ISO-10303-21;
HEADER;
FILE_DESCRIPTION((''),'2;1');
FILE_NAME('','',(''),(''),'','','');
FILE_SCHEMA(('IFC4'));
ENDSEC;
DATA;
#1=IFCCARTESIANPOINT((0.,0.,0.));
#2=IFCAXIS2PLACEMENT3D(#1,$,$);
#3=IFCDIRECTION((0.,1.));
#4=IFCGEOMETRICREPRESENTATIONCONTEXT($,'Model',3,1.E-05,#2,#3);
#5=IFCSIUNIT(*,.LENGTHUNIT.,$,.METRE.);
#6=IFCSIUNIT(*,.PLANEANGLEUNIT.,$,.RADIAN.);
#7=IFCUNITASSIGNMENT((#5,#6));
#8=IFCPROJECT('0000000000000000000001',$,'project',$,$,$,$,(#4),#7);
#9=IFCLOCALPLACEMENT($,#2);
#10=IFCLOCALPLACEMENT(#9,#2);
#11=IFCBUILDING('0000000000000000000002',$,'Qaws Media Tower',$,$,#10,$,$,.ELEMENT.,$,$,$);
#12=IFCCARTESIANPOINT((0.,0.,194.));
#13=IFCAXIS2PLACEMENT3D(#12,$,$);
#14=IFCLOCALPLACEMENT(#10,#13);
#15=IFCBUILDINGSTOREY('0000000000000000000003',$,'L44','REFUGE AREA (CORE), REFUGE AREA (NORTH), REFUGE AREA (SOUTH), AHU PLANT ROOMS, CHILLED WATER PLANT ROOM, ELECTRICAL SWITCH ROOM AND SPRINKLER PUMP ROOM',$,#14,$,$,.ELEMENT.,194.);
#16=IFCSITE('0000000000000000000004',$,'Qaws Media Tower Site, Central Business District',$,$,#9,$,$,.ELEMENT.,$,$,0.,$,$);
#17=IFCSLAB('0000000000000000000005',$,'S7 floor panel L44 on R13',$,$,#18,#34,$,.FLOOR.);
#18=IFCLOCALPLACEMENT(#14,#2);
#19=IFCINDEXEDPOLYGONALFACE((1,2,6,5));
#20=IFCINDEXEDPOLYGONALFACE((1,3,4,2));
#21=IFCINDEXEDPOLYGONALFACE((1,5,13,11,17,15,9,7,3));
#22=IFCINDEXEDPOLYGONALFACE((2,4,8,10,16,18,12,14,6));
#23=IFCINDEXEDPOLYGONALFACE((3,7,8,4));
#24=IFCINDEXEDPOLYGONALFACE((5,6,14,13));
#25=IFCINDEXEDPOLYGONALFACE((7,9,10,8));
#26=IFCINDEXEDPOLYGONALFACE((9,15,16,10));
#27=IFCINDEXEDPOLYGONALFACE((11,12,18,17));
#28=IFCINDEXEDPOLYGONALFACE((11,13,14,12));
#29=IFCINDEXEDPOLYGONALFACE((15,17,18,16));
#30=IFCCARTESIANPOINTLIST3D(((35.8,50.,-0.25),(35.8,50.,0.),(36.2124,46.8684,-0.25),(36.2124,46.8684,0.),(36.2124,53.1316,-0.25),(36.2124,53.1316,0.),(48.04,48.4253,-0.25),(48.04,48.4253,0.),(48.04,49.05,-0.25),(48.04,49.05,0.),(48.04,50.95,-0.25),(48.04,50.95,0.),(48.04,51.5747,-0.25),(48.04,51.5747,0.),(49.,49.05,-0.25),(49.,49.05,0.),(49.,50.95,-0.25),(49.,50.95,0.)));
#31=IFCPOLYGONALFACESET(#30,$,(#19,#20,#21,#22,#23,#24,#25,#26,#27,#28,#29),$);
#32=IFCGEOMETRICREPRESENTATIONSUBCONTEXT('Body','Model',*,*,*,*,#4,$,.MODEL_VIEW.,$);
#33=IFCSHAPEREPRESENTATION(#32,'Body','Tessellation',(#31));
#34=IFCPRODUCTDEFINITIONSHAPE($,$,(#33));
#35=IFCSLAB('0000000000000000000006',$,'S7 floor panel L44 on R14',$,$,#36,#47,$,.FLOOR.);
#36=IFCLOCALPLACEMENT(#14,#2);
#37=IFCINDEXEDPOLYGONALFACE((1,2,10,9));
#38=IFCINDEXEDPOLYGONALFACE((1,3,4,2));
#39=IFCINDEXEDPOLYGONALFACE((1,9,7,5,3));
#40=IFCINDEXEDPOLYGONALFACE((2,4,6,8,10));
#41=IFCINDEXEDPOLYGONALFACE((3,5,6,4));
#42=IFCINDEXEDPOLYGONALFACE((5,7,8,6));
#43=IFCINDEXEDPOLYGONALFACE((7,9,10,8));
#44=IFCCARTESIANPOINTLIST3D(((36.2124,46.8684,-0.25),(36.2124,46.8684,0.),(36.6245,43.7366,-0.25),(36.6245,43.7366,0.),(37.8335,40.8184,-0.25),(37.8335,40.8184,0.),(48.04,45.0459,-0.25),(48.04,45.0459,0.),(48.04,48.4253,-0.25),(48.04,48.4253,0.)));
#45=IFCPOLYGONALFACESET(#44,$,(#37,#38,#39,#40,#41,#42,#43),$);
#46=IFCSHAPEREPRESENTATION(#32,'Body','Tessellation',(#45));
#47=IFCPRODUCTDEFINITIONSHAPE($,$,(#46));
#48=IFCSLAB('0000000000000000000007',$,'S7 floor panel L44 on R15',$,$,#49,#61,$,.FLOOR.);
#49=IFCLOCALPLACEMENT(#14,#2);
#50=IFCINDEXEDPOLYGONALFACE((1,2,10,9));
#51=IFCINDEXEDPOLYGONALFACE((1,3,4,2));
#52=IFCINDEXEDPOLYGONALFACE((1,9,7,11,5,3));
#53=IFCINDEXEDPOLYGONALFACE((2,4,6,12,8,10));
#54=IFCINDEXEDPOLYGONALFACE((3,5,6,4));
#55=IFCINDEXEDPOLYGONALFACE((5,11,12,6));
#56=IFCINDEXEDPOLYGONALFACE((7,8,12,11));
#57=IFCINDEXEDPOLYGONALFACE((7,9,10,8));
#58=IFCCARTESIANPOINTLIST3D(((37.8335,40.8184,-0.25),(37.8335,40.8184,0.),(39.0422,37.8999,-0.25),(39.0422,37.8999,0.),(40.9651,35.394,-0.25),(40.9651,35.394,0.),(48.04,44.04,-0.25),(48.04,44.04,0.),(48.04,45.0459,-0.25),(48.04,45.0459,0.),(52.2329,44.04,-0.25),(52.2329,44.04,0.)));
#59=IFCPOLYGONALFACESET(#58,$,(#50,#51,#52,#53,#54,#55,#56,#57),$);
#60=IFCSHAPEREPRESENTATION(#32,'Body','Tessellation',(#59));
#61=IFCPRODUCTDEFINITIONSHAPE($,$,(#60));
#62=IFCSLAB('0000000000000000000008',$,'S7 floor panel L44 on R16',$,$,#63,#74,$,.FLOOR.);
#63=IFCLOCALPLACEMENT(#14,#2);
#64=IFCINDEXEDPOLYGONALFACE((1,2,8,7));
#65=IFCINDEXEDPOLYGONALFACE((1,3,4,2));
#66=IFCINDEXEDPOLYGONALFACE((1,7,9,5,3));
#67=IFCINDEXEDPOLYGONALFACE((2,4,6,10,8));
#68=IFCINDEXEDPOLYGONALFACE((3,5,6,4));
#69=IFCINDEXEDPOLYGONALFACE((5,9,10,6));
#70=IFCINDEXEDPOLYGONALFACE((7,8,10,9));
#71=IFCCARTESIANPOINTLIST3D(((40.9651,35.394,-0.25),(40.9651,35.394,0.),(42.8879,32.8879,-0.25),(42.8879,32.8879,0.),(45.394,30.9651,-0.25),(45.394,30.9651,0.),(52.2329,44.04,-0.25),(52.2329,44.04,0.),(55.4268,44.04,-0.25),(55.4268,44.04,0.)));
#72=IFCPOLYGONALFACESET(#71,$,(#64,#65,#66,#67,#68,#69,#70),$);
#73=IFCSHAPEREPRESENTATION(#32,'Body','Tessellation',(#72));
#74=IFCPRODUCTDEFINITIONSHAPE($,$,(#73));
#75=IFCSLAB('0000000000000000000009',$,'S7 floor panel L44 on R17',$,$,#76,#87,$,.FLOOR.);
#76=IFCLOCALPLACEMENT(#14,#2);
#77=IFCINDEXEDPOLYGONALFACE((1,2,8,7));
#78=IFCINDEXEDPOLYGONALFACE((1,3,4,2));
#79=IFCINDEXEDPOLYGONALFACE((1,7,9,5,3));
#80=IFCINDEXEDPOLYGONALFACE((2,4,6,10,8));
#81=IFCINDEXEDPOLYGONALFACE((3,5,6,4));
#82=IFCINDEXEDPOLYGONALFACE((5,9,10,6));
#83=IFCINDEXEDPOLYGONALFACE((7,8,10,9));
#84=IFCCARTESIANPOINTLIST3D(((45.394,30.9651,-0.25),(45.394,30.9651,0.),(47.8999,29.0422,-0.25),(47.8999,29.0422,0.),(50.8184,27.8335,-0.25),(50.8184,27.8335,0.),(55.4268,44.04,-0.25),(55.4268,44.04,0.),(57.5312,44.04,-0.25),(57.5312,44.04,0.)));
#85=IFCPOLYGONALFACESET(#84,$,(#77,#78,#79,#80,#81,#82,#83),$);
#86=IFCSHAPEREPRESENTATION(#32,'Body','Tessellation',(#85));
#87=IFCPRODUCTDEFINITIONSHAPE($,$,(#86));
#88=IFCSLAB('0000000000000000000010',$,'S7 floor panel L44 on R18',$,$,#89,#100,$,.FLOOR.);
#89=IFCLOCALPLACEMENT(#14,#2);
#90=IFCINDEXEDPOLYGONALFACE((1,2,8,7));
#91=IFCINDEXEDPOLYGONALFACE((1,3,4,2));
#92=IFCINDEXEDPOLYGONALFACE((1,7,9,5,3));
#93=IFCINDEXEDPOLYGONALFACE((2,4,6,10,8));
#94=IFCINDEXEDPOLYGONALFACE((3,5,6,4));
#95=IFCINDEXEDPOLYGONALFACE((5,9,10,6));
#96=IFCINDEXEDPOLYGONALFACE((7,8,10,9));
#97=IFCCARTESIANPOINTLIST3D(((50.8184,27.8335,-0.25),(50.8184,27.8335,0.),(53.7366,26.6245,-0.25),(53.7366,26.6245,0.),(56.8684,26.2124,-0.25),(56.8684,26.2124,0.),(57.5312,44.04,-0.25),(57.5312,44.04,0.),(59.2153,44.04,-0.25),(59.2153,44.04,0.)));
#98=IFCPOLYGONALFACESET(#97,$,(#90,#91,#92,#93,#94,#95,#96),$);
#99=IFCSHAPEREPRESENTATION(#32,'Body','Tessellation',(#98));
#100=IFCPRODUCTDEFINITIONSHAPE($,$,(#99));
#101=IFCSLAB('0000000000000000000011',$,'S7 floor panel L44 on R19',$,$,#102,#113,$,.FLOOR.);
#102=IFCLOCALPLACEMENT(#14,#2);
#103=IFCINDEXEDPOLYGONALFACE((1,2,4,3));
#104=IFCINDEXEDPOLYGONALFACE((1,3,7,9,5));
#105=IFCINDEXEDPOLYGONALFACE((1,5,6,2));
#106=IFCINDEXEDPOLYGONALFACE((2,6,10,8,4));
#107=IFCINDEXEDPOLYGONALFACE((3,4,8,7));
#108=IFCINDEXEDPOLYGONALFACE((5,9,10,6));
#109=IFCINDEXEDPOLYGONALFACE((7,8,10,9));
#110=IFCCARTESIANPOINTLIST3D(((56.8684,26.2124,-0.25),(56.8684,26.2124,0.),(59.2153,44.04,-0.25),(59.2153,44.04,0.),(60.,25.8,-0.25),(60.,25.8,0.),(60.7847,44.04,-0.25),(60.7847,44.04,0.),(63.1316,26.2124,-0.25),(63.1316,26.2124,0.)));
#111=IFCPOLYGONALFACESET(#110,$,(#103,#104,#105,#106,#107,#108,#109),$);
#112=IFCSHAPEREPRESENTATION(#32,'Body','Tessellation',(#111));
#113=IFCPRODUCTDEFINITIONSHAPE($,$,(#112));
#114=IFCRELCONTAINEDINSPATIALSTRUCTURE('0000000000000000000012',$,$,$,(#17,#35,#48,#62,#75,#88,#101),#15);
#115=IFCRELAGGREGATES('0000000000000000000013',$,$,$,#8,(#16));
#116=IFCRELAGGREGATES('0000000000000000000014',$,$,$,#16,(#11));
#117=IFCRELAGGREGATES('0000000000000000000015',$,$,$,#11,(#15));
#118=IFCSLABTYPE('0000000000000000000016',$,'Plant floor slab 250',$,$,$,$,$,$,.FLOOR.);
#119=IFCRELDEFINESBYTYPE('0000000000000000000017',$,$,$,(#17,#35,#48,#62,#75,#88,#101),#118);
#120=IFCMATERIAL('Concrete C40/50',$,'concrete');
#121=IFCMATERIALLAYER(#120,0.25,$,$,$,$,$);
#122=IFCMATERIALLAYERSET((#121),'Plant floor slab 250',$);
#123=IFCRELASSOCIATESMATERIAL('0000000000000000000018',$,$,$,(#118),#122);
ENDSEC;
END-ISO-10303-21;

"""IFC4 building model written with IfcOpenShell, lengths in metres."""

from ifc_helpers import new_model, si_unit, direction, frame, origin, place, context, subcontext, project, spatial, polyline, outline, extrude, material, layer, layer_set, type_object, element, save


model = new_model("IFC4")

# Units and contexts
model_context = context("Model", 3, precision=1e-05, world=origin(), true_north=direction((0.0, 1.0)))
body_context = subcontext(model_context, "Body", "Model", "MODEL_VIEW")
ifc_project = project(units=[si_unit("LENGTHUNIT", "METRE"), si_unit("PLANEANGLEUNIT", "RADIAN")], contexts=[model_context])

# Site, building, storey
site_placement = place(None, origin())
site = spatial("IfcSite", under=ifc_project, at=site_placement, Name="Qaws Media Tower Site, Central Business District", CompositionType="ELEMENT", RefElevation=0.0)
building_placement = place(site_placement, origin())
building = spatial("IfcBuilding", under=site, at=building_placement, Name="Qaws Media Tower", CompositionType="ELEMENT")
storey_placement = place(building_placement, frame((0.0, 0.0, 194.0)))
storey = spatial("IfcBuildingStorey", under=building, at=storey_placement, Name="L44", Description="REFUGE AREA (CORE), REFUGE AREA (NORTH), REFUGE AREA (SOUTH), AHU PLANT ROOMS, CHILLED WATER PLANT ROOM, ELECTRICAL SWITCH ROOM AND SPRINKLER PUMP ROOM", CompositionType="ELEMENT", Elevation=194.0)

# Slabs
ifc_material = material(Name="Concrete C40/50", Category="concrete")
ifc_layer = layer(ifc_material, 0.25)
ifc_layer_set = layer_set([ifc_layer], Name="Plant floor slab 250")
slab_type = type_object("IfcSlabType", Name="Plant floor slab 250", PredefinedType="FLOOR", material=ifc_layer_set)
slab_1_placement = place(storey_placement, frame((0.0, 0.0, -0.25)))
element("IfcSlab", 1, at=slab_1_placement, inside=storey, type_object=slab_type, Name="S7 floor panel L44 on R13", PredefinedType="FLOOR", context=body_context, shape_type="SweptSolid", body=[
    extrude(outline(polyline([(35.8, 50.0), (36.2124, 53.1316), (48.04, 51.5747), (48.04, 50.95), (49.0, 50.95), (49.0, 49.05), (48.04, 49.05), (48.04, 48.4253), (36.2124, 46.8684), (35.8, 50.0)])), origin(), (0.0, 0.0, 1.0), 0.25),
])
slab_2_placement = place(storey_placement, frame((0.0, 0.0, -0.25)))
element("IfcSlab", 2, at=slab_2_placement, inside=storey, type_object=slab_type, Name="S7 floor panel L44 on R14", PredefinedType="FLOOR", context=body_context, shape_type="SweptSolid", body=[
    extrude(outline(polyline([(36.6245, 43.7366), (36.2124, 46.8684), (48.04, 48.4253), (48.04, 45.0459), (37.8335, 40.8184), (36.6245, 43.7366)])), origin(), (0.0, 0.0, 1.0), 0.25),
])
slab_3_placement = place(storey_placement, frame((0.0, 0.0, -0.25)))
element("IfcSlab", 3, at=slab_3_placement, inside=storey, type_object=slab_type, Name="S7 floor panel L44 on R15", PredefinedType="FLOOR", context=body_context, shape_type="SweptSolid", body=[
    extrude(outline(polyline([(39.0422, 37.8999), (37.8335, 40.8184), (48.04, 45.0459), (48.04, 44.04), (52.2329, 44.04), (40.9651, 35.394), (39.0422, 37.8999)])), origin(), (0.0, 0.0, 1.0), 0.25),
])
slab_4_placement = place(storey_placement, frame((0.0, 0.0, -0.25)))
element("IfcSlab", 4, at=slab_4_placement, inside=storey, type_object=slab_type, Name="S7 floor panel L44 on R16", PredefinedType="FLOOR", context=body_context, shape_type="SweptSolid", body=[
    extrude(outline(polyline([(42.8879, 32.8879), (40.9651, 35.394), (52.2329, 44.04), (55.4268, 44.04), (45.394, 30.9651), (42.8879, 32.8879)])), origin(), (0.0, 0.0, 1.0), 0.25),
])
slab_5_placement = place(storey_placement, frame((0.0, 0.0, -0.25)))
element("IfcSlab", 5, at=slab_5_placement, inside=storey, type_object=slab_type, Name="S7 floor panel L44 on R17", PredefinedType="FLOOR", context=body_context, shape_type="SweptSolid", body=[
    extrude(outline(polyline([(47.8999, 29.0422), (45.394, 30.9651), (55.4268, 44.04), (57.5312, 44.04), (50.8184, 27.8335), (47.8999, 29.0422)])), origin(), (0.0, 0.0, 1.0), 0.25),
])
slab_6_placement = place(storey_placement, frame((0.0, 0.0, -0.25)))
element("IfcSlab", 6, at=slab_6_placement, inside=storey, type_object=slab_type, Name="S7 floor panel L44 on R18", PredefinedType="FLOOR", context=body_context, shape_type="SweptSolid", body=[
    extrude(outline(polyline([(53.7366, 26.6245), (50.8184, 27.8335), (57.5312, 44.04), (59.2153, 44.04), (56.8684, 26.2124), (53.7366, 26.6245)])), origin(), (0.0, 0.0, 1.0), 0.25),
])
slab_7_placement = place(storey_placement, frame((0.0, 0.0, -0.25)))
element("IfcSlab", 7, at=slab_7_placement, inside=storey, type_object=slab_type, Name="S7 floor panel L44 on R19", PredefinedType="FLOOR", context=body_context, shape_type="SweptSolid", body=[
    extrude(outline(polyline([(60.0, 25.8), (56.8684, 26.2124), (59.2153, 44.04), (60.7847, 44.04), (63.1316, 26.2124), (60.0, 25.8)])), origin(), (0.0, 0.0, 1.0), 0.25),
])

save(model, "model.ifc")
